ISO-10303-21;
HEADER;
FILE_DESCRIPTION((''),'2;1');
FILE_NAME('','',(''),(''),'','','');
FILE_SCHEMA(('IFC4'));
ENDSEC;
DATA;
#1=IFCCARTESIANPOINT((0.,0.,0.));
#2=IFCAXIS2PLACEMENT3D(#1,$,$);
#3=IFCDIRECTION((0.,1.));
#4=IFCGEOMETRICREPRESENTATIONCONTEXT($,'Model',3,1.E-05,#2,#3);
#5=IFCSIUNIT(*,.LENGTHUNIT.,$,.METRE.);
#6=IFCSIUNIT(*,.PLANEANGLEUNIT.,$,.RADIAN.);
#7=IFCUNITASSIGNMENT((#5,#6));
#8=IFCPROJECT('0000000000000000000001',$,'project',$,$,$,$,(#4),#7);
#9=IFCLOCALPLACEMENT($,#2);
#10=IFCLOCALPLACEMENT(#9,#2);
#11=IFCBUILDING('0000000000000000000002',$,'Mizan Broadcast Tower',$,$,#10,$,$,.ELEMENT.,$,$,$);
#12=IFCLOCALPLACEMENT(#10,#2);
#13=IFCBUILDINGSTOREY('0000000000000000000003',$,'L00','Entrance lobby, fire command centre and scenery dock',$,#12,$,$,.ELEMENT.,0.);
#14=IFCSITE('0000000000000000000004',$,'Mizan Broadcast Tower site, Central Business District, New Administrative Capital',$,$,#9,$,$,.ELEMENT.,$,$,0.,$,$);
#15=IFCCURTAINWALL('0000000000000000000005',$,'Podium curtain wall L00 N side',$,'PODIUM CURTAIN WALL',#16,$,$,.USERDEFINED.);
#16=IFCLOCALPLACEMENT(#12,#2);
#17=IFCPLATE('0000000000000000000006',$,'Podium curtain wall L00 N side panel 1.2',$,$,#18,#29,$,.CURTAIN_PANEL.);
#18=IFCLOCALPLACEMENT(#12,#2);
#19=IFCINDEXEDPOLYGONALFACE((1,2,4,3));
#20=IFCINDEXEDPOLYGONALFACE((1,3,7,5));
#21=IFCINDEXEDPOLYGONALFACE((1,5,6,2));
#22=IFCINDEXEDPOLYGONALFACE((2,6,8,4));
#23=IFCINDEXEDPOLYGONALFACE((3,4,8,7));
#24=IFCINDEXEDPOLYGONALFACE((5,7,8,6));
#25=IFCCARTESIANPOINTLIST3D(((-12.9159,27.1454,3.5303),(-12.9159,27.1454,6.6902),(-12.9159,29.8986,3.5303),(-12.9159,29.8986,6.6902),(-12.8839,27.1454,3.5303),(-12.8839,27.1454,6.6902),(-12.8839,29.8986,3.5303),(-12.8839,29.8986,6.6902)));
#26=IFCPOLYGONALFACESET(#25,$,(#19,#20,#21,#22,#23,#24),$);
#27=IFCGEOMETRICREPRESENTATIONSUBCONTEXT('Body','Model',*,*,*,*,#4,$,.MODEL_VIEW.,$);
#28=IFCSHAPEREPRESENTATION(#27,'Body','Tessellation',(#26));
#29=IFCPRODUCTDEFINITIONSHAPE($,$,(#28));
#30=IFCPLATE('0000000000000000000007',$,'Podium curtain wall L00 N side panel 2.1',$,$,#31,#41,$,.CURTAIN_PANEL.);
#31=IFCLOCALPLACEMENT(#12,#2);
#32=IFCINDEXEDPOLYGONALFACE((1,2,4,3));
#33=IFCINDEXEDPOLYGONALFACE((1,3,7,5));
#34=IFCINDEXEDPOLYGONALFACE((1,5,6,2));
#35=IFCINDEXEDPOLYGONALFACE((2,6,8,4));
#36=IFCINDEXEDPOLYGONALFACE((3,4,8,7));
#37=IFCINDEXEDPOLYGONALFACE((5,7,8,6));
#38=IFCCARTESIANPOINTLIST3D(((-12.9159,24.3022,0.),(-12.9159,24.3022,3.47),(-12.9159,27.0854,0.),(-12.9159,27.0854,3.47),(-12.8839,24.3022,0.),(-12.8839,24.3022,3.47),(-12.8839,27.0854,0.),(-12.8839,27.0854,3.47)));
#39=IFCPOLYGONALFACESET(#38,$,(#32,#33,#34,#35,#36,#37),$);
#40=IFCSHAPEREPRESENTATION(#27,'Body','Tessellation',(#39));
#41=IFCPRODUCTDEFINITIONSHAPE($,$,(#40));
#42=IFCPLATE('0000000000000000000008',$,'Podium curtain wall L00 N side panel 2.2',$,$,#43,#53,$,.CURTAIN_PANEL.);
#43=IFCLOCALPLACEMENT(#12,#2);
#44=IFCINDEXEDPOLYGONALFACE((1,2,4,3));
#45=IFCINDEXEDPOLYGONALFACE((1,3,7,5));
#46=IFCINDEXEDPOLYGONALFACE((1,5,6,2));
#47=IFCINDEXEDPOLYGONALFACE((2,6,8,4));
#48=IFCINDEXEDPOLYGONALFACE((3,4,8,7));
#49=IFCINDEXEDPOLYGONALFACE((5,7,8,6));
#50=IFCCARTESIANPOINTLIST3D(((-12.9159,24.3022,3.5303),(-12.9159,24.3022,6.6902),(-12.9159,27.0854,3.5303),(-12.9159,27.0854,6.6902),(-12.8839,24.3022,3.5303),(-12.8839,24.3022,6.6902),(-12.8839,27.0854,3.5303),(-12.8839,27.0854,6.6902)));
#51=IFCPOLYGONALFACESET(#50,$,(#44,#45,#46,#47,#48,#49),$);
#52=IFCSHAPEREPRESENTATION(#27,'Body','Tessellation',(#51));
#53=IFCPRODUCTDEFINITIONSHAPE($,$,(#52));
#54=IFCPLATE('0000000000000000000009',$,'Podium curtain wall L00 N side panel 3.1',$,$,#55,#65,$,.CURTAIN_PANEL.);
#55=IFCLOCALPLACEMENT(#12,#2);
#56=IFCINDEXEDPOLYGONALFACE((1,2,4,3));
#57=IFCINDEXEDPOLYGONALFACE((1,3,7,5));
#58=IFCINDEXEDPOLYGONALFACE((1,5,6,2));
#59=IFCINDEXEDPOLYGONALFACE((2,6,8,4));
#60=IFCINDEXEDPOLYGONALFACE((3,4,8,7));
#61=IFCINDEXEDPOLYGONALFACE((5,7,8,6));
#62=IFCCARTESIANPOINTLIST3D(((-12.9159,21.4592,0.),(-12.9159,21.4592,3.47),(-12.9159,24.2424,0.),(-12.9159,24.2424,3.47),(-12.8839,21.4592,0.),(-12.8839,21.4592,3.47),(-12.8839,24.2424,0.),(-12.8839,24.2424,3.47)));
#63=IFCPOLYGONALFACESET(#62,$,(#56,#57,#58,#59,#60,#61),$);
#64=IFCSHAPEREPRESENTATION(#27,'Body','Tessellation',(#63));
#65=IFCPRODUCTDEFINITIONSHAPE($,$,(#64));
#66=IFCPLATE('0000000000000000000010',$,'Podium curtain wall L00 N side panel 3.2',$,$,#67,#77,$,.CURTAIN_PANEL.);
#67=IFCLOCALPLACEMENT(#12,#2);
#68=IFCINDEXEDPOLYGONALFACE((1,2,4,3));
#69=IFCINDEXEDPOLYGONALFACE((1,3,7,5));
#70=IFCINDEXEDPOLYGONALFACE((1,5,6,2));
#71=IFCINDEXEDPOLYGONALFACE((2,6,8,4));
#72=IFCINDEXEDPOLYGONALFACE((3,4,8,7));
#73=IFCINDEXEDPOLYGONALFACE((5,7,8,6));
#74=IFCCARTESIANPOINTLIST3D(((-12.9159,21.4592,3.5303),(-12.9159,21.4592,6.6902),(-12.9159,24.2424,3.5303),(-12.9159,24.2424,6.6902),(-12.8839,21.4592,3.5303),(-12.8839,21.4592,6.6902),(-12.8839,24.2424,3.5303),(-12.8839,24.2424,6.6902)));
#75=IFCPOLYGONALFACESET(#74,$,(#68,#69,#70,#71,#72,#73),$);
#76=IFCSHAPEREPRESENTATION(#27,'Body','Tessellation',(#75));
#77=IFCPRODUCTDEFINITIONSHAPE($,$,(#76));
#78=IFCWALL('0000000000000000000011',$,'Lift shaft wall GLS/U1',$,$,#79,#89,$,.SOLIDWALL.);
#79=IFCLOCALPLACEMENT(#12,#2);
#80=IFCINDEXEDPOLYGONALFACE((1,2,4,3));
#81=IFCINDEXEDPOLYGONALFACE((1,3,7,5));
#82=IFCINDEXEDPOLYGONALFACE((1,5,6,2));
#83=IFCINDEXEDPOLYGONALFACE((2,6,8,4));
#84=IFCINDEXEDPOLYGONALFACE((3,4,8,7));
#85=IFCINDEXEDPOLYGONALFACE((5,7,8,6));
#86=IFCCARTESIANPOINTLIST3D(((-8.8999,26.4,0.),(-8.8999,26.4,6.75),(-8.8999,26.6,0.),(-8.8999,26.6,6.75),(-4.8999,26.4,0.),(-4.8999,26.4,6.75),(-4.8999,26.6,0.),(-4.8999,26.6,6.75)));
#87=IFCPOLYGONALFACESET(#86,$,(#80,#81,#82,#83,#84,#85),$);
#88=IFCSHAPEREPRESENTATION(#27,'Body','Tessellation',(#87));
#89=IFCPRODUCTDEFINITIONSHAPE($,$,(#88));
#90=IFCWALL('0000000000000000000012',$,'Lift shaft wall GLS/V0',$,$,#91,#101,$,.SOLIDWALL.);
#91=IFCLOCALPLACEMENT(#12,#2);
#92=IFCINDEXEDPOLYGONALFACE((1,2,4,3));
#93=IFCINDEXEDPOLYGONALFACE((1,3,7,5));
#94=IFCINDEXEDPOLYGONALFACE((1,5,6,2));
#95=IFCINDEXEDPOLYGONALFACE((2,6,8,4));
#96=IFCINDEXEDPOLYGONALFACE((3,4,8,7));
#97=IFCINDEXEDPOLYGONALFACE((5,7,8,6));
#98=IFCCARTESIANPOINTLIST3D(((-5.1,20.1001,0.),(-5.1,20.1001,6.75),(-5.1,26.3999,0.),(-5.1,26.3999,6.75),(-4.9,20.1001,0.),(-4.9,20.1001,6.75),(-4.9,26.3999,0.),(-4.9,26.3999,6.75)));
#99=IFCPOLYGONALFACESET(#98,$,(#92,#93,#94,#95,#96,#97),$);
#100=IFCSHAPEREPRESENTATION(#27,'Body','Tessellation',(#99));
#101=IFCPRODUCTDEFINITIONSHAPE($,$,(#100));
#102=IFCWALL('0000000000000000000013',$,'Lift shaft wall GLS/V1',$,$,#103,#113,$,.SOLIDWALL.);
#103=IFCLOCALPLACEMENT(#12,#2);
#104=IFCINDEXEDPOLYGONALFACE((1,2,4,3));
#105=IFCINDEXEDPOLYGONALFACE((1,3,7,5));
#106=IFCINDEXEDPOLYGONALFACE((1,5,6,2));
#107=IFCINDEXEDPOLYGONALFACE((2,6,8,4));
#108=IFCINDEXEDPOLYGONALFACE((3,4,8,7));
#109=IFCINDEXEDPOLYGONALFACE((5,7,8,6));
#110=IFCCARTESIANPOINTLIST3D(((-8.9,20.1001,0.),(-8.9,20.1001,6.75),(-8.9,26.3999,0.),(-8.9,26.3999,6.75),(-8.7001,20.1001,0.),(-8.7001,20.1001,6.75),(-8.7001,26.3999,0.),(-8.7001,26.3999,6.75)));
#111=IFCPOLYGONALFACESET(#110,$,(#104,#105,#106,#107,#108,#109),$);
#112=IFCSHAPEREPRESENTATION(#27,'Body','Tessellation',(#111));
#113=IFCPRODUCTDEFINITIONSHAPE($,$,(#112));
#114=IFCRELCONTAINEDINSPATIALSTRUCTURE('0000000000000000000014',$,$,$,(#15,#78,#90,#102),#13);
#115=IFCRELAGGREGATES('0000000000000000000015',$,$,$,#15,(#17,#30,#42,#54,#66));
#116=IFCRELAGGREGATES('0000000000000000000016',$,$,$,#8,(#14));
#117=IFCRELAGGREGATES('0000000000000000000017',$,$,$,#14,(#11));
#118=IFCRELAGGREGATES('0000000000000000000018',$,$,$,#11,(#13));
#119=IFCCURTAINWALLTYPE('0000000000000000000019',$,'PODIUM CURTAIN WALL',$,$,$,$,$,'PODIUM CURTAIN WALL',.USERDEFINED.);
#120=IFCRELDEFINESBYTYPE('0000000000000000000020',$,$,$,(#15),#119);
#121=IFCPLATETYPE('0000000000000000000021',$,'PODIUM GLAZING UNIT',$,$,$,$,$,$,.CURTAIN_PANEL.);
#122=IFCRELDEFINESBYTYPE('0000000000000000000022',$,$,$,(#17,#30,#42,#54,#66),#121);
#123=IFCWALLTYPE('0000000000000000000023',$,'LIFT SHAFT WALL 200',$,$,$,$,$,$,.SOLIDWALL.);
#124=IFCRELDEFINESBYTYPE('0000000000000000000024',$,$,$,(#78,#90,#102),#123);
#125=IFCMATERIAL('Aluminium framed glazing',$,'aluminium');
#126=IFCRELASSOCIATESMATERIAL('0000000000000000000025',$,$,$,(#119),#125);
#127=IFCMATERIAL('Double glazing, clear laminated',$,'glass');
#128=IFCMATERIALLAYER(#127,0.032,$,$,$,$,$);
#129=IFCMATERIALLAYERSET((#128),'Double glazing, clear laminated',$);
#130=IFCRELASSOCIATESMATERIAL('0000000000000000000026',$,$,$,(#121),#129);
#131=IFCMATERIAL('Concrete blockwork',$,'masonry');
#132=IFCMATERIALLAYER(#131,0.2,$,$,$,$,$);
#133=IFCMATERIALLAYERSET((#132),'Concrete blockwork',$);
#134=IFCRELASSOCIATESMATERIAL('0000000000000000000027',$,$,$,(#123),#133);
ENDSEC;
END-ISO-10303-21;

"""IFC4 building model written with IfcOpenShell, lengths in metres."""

from ifc_helpers import new_model, si_unit, direction, frame, frame_2d, origin, origin_2d, place, context, subcontext, project, spatial, rectangle, extrude, material, layer, layer_set, type_object, element, aggregate, save


model = new_model("IFC4")

# Units and contexts
model_context = context("Model", 3, precision=1e-05, world=origin(), true_north=direction((0.0, 1.0)))
body_context = subcontext(model_context, "Body", "Model", "MODEL_VIEW")
ifc_project = project(units=[si_unit("LENGTHUNIT", "METRE"), si_unit("PLANEANGLEUNIT", "RADIAN")], contexts=[model_context])

# Site, building, storey
site_placement = place(None, origin())
site = spatial("IfcSite", under=ifc_project, at=site_placement, Name="Mizan Broadcast Tower site, Central Business District, New Administrative Capital", CompositionType="ELEMENT", RefElevation=0.0)
building_placement = place(site_placement, origin())
building = spatial("IfcBuilding", under=site, at=building_placement, Name="Mizan Broadcast Tower", CompositionType="ELEMENT")
storey_placement = place(building_placement, origin())
storey = spatial("IfcBuildingStorey", under=building, at=storey_placement, Name="L00", Description="Entrance lobby, fire command centre and scenery dock", CompositionType="ELEMENT", Elevation=0.0)

# Curtain wall
ifc_material_1 = material(Name="Aluminium framed glazing", Category="aluminium")
curtain_wall_type = type_object("IfcCurtainWallType", Name="PODIUM CURTAIN WALL", ElementType="PODIUM CURTAIN WALL", PredefinedType="USERDEFINED", material=ifc_material_1)
curtain_wall_1_placement = place(storey_placement, origin())
curtain_wall_1 = element("IfcCurtainWall", 1, at=curtain_wall_1_placement, inside=storey, type_object=curtain_wall_type, Name="Podium curtain wall L00 N side", ObjectType="PODIUM CURTAIN WALL", PredefinedType="USERDEFINED")

# Plates
ifc_material_2 = material(Name="Double glazing, clear laminated", Category="glass")
ifc_layer_1 = layer(ifc_material_2, 0.032)
ifc_layer_set_1 = layer_set([ifc_layer_1], Name="Double glazing, clear laminated")
plate_type = type_object("IfcPlateType", Name="PODIUM GLAZING UNIT", PredefinedType="CURTAIN_PANEL", material=ifc_layer_set_1)
plate_1_placement = place(storey_placement, frame((-12.8999, 28.522, 3.5303), z_axis=(0.0, 0.0, 1.0), x_axis=(0.0, -1.0, 0.0)))
plate_1 = element("IfcPlate", 2, at=plate_1_placement, type_object=plate_type, Name="Podium curtain wall L00 N side panel 1.2", PredefinedType="CURTAIN_PANEL", context=body_context, shape_type="SweptSolid", body=[
    extrude(rectangle(XDim=2.7532, YDim=0.032, at=origin_2d()), origin(), (0.0, 0.0, 1.0), 3.1599),
])
plate_2_placement = place(storey_placement, frame((-12.8999, 25.6938, 0.0), z_axis=(0.0, 0.0, 1.0), x_axis=(0.0, -1.0, 0.0)))
plate_2 = element("IfcPlate", 3, at=plate_2_placement, type_object=plate_type, Name="Podium curtain wall L00 N side panel 2.1", PredefinedType="CURTAIN_PANEL", context=body_context, shape_type="SweptSolid", body=[
    extrude(rectangle(XDim=2.7832, YDim=0.032, at=origin_2d()), origin(), (0.0, 0.0, 1.0), 3.47),
])
plate_3_placement = place(storey_placement, frame((-12.8999, 25.6938, 3.5303), z_axis=(0.0, 0.0, 1.0), x_axis=(0.0, -1.0, 0.0)))
plate_3 = element("IfcPlate", 4, at=plate_3_placement, type_object=plate_type, Name="Podium curtain wall L00 N side panel 2.2", PredefinedType="CURTAIN_PANEL", context=body_context, shape_type="SweptSolid", body=[
    extrude(rectangle(XDim=2.7832, YDim=0.032, at=origin_2d()), origin(), (0.0, 0.0, 1.0), 3.1599),
])
plate_4_placement = place(storey_placement, frame((-12.8999, 22.8508, 0.0), z_axis=(0.0, 0.0, 1.0), x_axis=(0.0, -1.0, 0.0)))
plate_4 = element("IfcPlate", 5, at=plate_4_placement, type_object=plate_type, Name="Podium curtain wall L00 N side panel 3.1", PredefinedType="CURTAIN_PANEL", context=body_context, shape_type="SweptSolid", body=[
    extrude(rectangle(XDim=2.7832, YDim=0.032, at=origin_2d()), origin(), (0.0, 0.0, 1.0), 3.47),
])
plate_5_placement = place(storey_placement, frame((-12.8999, 22.8508, 3.5303), z_axis=(0.0, 0.0, 1.0), x_axis=(0.0, -1.0, 0.0)))
plate_5 = element("IfcPlate", 6, at=plate_5_placement, type_object=plate_type, Name="Podium curtain wall L00 N side panel 3.2", PredefinedType="CURTAIN_PANEL", context=body_context, shape_type="SweptSolid", body=[
    extrude(rectangle(XDim=2.7832, YDim=0.032, at=origin_2d()), origin(), (0.0, 0.0, 1.0), 3.1599),
])
aggregate(curtain_wall_1, [plate_1, plate_2, plate_3, plate_4, plate_5])

# Walls
ifc_material_3 = material(Name="Concrete blockwork", Category="masonry")
ifc_layer_2 = layer(ifc_material_3, 0.2)
ifc_layer_set_2 = layer_set([ifc_layer_2], Name="Concrete blockwork")
wall_type = type_object("IfcWallType", Name="LIFT SHAFT WALL 200", PredefinedType="SOLIDWALL", material=ifc_layer_set_2)
wall_placement = place(storey_placement, frame((-8.8999, 26.5, 0.0), z_axis=(0.0, 0.0, 1.0), x_axis=(1.0, 0.0, 0.0)))
element("IfcWall", 7, at=wall_placement, inside=storey, type_object=wall_type, Name="Lift shaft wall GLS/U1", PredefinedType="SOLIDWALL", context=body_context, shape_type="SweptSolid", body=[
    extrude(rectangle(XDim=4.0, YDim=0.2, at=frame_2d((2.0, 0.0))), origin(), (0.0, 0.0, 1.0), 6.75),
])
for number, where, z_axis, x_axis, name in (
    (8, (-5.0, 20.1001, 0.0), (0.0, 0.0, 1.0), (0.0, 1.0, 0.0), "Lift shaft wall GLS/V0"),
    (9, (-8.8, 26.3999, 0.0), (0.0, 0.0, 1.0), (0.0, -1.0, 0.0), "Lift shaft wall GLS/V1"),
):
    element("IfcWall", number, at=place(storey_placement, frame(where, z_axis=z_axis, x_axis=x_axis)), inside=storey, type_object=wall_type, Name=name, PredefinedType="SOLIDWALL", context=body_context, shape_type="SweptSolid", body=[
        extrude(rectangle(XDim=6.2998, YDim=0.2, at=frame_2d((3.1499, 0.0))), origin(), (0.0, 0.0, 1.0), 6.75),
    ])

save(model, "model.ifc")
